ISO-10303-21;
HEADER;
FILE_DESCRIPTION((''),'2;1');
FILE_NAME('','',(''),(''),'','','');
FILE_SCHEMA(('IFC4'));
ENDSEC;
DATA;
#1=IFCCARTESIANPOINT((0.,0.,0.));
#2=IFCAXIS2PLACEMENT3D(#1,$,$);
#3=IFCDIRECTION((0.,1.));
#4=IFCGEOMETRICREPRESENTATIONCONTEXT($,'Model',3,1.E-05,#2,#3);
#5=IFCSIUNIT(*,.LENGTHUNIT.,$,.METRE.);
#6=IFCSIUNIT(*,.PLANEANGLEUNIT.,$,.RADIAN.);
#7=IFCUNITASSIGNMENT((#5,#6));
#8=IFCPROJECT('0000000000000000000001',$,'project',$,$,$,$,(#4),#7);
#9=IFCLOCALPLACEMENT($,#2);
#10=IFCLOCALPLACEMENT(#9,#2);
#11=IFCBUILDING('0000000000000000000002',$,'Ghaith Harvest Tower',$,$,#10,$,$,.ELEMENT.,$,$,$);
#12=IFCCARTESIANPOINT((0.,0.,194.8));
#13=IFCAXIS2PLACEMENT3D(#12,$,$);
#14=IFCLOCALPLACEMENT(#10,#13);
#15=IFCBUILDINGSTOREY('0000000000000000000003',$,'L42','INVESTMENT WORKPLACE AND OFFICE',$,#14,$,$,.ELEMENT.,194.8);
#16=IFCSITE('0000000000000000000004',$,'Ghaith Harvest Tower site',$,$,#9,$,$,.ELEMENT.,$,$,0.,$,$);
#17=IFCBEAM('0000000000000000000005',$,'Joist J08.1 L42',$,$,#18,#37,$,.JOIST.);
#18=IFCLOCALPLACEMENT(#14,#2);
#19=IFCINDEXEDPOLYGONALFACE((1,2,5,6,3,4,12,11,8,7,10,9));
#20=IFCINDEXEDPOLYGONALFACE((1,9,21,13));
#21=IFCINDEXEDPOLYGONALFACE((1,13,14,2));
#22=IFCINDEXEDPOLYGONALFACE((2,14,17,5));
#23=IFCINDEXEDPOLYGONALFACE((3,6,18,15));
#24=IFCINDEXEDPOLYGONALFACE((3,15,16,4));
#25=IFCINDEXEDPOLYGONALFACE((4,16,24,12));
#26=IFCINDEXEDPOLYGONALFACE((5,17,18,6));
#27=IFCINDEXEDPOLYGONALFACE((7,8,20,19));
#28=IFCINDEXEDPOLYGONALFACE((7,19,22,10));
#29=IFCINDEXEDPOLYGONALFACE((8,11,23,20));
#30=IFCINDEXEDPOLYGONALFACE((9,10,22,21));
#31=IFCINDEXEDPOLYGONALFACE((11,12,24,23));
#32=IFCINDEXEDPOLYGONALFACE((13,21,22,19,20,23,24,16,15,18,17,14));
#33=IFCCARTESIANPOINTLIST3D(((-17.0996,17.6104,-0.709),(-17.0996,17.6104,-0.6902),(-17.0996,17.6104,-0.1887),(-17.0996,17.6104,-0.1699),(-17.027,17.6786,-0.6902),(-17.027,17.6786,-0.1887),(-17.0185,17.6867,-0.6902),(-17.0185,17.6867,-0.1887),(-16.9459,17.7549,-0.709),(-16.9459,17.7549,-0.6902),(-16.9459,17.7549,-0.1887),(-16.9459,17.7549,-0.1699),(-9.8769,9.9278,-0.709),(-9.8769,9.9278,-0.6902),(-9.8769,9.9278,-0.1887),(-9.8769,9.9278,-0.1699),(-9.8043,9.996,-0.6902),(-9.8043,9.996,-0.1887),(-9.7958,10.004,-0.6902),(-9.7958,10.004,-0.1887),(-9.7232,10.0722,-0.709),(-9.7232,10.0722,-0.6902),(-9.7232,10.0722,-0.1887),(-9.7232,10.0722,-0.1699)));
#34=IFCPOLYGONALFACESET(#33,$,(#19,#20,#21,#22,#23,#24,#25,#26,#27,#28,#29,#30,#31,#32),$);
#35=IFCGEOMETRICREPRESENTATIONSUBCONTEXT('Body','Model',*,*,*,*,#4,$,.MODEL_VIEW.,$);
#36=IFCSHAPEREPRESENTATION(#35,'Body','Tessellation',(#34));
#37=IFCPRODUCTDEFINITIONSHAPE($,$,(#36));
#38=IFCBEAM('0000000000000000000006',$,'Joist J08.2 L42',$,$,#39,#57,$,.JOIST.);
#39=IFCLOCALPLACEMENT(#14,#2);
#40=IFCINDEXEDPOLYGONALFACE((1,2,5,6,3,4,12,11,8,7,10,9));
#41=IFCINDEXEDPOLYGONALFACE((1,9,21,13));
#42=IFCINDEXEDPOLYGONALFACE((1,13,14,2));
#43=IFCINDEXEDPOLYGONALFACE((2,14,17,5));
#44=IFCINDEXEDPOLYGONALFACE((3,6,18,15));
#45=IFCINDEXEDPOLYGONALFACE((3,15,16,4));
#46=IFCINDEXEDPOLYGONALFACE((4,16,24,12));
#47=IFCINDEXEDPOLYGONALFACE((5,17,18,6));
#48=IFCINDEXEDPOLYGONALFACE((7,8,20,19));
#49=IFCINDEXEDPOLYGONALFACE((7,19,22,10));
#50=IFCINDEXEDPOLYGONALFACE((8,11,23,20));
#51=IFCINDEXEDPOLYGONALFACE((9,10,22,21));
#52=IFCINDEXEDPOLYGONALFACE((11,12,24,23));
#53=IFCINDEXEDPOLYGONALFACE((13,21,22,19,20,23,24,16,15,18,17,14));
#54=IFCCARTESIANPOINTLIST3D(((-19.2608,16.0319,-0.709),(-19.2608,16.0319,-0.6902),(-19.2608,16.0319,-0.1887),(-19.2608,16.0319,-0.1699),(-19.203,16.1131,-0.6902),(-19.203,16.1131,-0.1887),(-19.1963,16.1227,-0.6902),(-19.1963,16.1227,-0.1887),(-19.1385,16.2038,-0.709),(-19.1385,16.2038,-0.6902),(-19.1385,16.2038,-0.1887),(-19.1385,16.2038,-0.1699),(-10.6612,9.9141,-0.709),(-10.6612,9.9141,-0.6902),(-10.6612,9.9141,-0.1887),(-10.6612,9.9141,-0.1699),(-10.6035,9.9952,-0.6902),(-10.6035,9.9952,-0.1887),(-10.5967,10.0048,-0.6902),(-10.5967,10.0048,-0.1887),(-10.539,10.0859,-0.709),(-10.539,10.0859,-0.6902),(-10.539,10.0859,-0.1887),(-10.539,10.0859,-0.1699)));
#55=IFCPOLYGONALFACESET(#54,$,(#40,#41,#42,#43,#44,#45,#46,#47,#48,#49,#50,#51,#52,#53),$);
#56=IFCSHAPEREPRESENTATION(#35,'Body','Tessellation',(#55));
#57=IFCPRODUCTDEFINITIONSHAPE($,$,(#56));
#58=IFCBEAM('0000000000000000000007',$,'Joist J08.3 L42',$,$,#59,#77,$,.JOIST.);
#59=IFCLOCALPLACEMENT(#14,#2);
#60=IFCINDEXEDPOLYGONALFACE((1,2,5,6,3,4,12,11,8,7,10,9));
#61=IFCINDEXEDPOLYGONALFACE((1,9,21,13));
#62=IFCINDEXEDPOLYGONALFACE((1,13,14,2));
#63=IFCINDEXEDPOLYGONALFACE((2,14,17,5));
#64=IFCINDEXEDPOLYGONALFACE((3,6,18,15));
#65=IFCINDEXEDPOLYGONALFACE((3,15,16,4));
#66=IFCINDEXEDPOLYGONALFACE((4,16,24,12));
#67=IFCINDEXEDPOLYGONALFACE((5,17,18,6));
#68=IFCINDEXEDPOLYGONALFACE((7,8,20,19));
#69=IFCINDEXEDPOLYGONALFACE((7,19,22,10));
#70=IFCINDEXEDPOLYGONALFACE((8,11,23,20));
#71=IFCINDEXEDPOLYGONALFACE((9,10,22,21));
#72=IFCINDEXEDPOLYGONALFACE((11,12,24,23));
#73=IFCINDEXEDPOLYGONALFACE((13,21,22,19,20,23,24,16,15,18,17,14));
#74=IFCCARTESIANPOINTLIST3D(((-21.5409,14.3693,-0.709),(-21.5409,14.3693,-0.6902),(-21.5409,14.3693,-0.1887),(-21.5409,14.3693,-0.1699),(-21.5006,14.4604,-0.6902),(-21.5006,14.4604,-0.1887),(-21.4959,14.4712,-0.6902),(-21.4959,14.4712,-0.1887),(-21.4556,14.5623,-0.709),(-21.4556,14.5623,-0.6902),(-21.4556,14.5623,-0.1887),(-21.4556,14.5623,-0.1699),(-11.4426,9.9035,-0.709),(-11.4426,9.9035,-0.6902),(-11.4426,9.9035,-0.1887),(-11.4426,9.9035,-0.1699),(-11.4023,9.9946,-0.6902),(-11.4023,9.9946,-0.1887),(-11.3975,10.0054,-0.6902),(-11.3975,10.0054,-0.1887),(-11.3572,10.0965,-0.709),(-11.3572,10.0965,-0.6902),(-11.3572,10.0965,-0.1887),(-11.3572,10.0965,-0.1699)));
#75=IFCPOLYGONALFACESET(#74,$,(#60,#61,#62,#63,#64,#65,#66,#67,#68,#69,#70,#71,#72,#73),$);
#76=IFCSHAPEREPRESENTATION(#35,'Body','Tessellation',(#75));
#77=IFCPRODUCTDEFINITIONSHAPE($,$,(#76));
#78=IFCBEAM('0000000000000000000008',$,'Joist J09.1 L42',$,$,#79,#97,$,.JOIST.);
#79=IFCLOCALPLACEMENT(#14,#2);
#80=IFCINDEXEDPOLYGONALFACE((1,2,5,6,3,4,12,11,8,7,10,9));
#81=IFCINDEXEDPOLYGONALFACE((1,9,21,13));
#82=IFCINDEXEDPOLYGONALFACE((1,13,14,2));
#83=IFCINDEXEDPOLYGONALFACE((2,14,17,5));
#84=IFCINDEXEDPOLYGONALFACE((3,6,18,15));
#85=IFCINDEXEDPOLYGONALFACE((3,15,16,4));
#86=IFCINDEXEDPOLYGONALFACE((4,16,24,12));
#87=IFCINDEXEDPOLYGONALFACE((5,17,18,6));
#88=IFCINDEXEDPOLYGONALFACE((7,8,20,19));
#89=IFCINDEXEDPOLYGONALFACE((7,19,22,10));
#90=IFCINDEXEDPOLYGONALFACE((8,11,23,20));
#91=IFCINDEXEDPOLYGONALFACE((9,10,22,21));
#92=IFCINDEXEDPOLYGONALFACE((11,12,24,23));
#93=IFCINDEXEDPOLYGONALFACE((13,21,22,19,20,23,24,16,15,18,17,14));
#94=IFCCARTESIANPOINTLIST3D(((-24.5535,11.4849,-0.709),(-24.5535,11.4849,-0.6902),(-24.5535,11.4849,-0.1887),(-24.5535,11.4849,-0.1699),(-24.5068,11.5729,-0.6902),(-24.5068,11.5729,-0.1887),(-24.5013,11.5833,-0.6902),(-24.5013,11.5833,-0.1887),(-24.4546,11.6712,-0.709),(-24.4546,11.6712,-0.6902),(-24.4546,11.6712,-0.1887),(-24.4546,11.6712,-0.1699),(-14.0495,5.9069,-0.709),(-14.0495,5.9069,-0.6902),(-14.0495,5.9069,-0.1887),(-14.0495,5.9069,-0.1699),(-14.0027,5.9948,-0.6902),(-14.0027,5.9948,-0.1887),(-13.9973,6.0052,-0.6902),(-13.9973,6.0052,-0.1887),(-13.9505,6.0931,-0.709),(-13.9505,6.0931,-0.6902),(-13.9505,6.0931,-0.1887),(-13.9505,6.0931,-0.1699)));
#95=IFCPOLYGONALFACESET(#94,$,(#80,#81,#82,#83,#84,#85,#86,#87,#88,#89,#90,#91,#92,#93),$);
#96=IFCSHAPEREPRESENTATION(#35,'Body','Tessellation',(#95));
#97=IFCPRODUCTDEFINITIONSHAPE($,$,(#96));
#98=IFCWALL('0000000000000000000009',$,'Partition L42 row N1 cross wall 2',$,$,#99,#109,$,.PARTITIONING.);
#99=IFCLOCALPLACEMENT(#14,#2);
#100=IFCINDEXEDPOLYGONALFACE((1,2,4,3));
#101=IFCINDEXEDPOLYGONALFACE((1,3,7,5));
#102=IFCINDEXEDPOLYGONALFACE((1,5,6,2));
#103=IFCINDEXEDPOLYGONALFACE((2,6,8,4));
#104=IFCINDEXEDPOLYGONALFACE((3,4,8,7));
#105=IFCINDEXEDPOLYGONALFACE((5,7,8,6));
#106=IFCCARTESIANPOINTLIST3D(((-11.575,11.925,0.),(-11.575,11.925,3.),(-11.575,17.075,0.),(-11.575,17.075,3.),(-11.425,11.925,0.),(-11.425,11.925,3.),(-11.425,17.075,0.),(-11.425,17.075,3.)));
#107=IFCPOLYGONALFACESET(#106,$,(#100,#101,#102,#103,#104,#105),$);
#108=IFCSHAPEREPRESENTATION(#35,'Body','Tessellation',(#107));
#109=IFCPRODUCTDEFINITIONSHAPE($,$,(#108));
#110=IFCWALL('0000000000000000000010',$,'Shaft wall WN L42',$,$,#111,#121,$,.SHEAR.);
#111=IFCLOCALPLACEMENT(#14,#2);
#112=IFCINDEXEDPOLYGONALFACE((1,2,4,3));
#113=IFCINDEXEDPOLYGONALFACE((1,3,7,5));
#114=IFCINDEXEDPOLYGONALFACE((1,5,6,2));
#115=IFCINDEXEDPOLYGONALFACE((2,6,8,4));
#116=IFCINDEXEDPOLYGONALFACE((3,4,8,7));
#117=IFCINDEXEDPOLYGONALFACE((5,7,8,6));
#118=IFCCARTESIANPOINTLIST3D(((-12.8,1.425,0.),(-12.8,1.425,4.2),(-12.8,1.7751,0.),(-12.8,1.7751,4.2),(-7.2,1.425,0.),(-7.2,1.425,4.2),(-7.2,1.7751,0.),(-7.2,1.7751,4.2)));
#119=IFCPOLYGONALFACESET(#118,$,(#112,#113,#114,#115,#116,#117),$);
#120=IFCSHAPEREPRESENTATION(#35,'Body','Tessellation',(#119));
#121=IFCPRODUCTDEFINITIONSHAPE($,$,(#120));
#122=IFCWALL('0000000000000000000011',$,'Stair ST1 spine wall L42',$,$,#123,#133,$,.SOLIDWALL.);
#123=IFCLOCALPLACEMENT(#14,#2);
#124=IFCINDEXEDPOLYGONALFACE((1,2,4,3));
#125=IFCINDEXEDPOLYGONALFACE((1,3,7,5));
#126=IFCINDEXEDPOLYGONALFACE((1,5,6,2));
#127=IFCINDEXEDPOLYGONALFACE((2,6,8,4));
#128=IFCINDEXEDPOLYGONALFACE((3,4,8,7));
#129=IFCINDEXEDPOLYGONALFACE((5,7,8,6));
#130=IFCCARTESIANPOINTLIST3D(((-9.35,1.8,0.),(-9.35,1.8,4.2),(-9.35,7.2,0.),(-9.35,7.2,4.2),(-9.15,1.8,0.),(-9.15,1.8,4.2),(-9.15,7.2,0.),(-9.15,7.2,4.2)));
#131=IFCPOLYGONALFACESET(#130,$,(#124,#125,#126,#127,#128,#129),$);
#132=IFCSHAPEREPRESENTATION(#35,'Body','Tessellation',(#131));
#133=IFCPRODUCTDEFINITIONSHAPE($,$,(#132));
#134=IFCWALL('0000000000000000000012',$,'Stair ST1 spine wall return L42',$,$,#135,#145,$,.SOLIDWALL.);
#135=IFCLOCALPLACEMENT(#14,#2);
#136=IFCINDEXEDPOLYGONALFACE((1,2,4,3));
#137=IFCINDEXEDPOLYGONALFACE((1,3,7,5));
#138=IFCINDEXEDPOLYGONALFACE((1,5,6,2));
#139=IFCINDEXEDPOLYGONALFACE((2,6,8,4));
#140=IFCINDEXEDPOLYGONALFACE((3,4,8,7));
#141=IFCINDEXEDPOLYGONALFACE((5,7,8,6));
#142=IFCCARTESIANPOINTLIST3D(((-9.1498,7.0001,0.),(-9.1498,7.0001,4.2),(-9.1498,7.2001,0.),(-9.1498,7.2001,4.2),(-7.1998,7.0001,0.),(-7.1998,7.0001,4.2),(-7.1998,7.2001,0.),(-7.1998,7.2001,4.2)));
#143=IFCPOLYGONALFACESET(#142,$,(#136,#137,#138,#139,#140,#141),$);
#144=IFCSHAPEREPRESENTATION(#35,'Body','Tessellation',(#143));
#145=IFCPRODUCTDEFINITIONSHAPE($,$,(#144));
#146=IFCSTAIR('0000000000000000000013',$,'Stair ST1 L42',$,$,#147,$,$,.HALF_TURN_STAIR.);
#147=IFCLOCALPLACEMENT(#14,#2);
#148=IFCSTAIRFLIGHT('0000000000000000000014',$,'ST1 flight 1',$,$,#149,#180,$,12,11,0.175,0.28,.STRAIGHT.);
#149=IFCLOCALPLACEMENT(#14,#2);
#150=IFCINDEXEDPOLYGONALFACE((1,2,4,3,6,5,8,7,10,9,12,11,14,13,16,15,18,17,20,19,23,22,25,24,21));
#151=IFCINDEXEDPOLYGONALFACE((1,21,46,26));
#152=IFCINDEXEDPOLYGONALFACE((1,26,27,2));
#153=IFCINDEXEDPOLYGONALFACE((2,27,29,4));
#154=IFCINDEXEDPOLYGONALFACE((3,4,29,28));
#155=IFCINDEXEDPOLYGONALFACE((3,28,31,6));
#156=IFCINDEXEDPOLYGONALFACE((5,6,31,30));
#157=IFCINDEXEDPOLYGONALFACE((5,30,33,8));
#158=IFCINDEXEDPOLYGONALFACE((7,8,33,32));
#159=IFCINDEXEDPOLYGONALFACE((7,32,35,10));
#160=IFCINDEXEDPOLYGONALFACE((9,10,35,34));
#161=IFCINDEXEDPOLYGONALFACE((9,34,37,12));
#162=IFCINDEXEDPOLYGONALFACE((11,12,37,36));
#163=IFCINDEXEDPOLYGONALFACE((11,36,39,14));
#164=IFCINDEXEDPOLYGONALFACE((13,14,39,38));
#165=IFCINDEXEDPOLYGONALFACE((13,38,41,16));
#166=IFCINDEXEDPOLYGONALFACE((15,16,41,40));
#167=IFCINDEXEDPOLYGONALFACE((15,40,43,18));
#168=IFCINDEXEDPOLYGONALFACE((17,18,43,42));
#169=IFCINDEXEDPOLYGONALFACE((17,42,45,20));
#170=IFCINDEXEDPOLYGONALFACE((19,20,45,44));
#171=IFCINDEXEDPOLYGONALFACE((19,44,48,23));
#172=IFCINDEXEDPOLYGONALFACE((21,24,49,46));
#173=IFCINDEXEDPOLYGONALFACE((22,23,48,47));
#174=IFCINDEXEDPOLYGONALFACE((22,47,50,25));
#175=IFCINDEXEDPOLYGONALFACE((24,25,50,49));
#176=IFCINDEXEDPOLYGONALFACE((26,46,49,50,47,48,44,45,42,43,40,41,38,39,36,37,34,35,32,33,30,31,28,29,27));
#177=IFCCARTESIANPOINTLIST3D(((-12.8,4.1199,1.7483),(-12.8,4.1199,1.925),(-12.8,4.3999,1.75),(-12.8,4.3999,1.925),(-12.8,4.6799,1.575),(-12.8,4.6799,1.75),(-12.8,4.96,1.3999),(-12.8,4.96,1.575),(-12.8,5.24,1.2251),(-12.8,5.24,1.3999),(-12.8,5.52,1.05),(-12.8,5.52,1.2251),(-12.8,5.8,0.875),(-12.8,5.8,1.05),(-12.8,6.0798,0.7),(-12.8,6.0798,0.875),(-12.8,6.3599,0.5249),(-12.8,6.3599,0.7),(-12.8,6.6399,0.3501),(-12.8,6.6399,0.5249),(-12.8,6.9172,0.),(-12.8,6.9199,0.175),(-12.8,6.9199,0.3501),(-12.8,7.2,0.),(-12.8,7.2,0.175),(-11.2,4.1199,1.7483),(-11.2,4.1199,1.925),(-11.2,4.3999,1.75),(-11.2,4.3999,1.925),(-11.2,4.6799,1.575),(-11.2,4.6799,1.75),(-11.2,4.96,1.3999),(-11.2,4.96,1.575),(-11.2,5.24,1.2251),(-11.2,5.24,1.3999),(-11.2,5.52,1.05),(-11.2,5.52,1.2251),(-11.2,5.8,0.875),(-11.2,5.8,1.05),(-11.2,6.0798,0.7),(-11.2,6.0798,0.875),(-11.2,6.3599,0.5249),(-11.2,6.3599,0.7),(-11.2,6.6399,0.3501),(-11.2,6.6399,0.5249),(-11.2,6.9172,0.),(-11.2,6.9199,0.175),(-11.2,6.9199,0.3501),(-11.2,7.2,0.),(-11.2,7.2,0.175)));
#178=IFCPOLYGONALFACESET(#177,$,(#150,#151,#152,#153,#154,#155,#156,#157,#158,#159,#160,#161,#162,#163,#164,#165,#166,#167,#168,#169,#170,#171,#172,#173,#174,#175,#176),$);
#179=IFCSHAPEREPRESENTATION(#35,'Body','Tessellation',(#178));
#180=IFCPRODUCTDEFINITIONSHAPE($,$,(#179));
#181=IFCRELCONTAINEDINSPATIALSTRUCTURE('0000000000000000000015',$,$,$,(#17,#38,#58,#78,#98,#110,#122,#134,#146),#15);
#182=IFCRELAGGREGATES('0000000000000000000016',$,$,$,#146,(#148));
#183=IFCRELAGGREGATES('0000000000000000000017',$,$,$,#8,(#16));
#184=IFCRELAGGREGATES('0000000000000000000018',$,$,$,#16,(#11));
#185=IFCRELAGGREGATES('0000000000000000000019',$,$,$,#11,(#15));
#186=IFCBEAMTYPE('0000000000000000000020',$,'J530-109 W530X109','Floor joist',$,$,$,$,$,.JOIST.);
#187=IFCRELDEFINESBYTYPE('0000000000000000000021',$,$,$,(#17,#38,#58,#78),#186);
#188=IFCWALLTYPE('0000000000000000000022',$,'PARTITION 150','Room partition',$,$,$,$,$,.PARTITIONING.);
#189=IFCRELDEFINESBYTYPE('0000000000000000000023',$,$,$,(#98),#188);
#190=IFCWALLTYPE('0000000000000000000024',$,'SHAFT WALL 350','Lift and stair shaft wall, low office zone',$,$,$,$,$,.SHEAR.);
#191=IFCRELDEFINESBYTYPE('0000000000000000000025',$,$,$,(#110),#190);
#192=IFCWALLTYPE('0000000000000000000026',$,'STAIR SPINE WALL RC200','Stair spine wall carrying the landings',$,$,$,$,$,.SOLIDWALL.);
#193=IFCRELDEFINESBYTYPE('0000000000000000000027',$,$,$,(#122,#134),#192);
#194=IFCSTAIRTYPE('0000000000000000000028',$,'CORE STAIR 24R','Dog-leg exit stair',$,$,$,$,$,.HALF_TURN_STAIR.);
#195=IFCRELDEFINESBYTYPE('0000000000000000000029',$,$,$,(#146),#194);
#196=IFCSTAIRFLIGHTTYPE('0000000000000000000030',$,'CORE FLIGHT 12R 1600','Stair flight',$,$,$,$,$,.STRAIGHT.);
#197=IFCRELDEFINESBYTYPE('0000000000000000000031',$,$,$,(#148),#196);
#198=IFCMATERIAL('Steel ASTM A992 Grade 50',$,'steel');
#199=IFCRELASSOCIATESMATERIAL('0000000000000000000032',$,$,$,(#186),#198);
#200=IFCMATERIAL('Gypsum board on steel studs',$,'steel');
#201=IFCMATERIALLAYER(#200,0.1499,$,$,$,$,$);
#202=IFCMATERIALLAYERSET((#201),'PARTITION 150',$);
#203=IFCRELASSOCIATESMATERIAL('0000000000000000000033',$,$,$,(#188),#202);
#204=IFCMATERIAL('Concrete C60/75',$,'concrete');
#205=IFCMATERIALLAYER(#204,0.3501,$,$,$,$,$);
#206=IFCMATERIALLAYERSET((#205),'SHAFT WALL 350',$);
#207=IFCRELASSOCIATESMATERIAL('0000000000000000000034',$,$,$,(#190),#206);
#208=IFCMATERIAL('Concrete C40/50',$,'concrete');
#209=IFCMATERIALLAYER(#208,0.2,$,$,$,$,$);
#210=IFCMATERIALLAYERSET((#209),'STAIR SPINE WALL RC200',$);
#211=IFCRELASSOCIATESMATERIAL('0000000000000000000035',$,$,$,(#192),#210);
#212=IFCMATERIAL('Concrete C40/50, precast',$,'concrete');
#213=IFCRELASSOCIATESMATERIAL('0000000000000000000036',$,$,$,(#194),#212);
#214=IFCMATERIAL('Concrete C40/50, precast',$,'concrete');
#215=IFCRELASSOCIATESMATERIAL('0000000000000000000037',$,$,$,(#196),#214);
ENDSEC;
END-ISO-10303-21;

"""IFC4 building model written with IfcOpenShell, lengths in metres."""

from ifc_helpers import new_model, si_unit, direction, frame, frame_2d, origin, origin_2d, place, context, subcontext, project, spatial, polyline, rectangle, i_section, outline, extrude, material, layer, layer_set, material_profile, profile_set, type_object, element, aggregate, save


model = new_model("IFC4")

# Units and contexts
model_context = context("Model", 3, precision=1e-05, world=origin(), true_north=direction((0.0, 1.0)))
body_context = subcontext(model_context, "Body", "Model", "MODEL_VIEW")
ifc_project = project(units=[si_unit("LENGTHUNIT", "METRE"), si_unit("PLANEANGLEUNIT", "RADIAN")], contexts=[model_context])

# Site, building, storey
site_placement = place(None, origin())
site = spatial("IfcSite", under=ifc_project, at=site_placement, Name="Ghaith Harvest Tower site", CompositionType="ELEMENT", RefElevation=0.0)
building_placement = place(site_placement, origin())
building = spatial("IfcBuilding", under=site, at=building_placement, Name="Ghaith Harvest Tower", CompositionType="ELEMENT")
storey_placement = place(building_placement, frame((0.0, 0.0, 194.8)))
storey = spatial("IfcBuildingStorey", under=building, at=storey_placement, Name="L42", Description="INVESTMENT WORKPLACE AND OFFICE", CompositionType="ELEMENT", Elevation=194.8)

# Beams
ifc_material_1 = material(Name="Steel ASTM A992 Grade 50", Category="steel")
ifc_material_profile = material_profile(ifc_material_1, i_section(OverallWidth=0.2109, OverallDepth=0.5391, WebThickness=0.0117, FlangeThickness=0.0188, at=origin_2d()), Name="W530X109")
ifc_profile_set = profile_set([ifc_material_profile], Name="Steel ASTM A992 Grade 50")
beam_type = type_object("IfcBeamType", Name="J530-109 W530X109", Description="Floor joist", PredefinedType="JOIST", material=ifc_profile_set)
beam_1_placement = place(storey_placement, frame((-9.8, 10.0, -0.4395), z_axis=(-0.68496, 0.728581, 0.0), x_axis=(-0.728581, -0.68496, 0.0)))
element("IfcBeam", 1, at=beam_1_placement, inside=storey, type_object=beam_type, Name="Joist J08.1 L42", PredefinedType="JOIST", context=body_context, shape_type="SweptSolid", body=[
    extrude(i_section(OverallWidth=0.2109, OverallDepth=0.5391, WebThickness=0.0117, FlangeThickness=0.0188, at=origin_2d()), origin(), (0.0, 0.0, 1.0), 10.5447),
])
beam_2_placement = place(storey_placement, frame((-10.6001, 10.0, -0.4395), z_axis=(-0.814837, 0.57969, 0.0), x_axis=(-0.57969, -0.814837, 0.0)))
element("IfcBeam", 2, at=beam_2_placement, inside=storey, type_object=beam_type, Name="Joist J08.2 L42", PredefinedType="JOIST", context=body_context, shape_type="SweptSolid", body=[
    extrude(i_section(OverallWidth=0.2109, OverallDepth=0.5391, WebThickness=0.0117, FlangeThickness=0.0188, at=origin_2d()), origin(), (0.0, 0.0, 1.0), 10.5537),
])
beam_3_placement = place(storey_placement, frame((-11.3999, 10.0, -0.4395), z_axis=(-0.914561, 0.404447, 0.0), x_axis=(-0.404447, -0.914561, 0.0)))
element("IfcBeam", 3, at=beam_3_placement, inside=storey, type_object=beam_type, Name="Joist J08.3 L42", PredefinedType="JOIST", context=body_context, shape_type="SweptSolid", body=[
    extrude(i_section(OverallWidth=0.2109, OverallDepth=0.5391, WebThickness=0.0117, FlangeThickness=0.0188, at=origin_2d()), origin(), (0.0, 0.0, 1.0), 11.0417),
])
beam_4_placement = place(storey_placement, frame((-14.0, 6.0, -0.4395), z_axis=(-0.883193, 0.469011, 0.0), x_axis=(-0.469011, -0.883193, 0.0)))
element("IfcBeam", 4, at=beam_4_placement, inside=storey, type_object=beam_type, Name="Joist J09.1 L42", PredefinedType="JOIST", context=body_context, shape_type="SweptSolid", body=[
    extrude(i_section(OverallWidth=0.2109, OverallDepth=0.5391, WebThickness=0.0117, FlangeThickness=0.0188, at=origin_2d()), origin(), (0.0, 0.0, 1.0), 11.8933),
])

# Walls
ifc_material_2 = material(Name="Gypsum board on steel studs", Category="steel")
ifc_layer_1 = layer(ifc_material_2, 0.1499)
ifc_layer_set_1 = layer_set([ifc_layer_1], Name="PARTITION 150")
wall_type_1 = type_object("IfcWallType", Name="PARTITION 150", Description="Room partition", PredefinedType="PARTITIONING", material=ifc_layer_set_1)
wall_1_placement = place(storey_placement, frame((-11.5, 11.925, 0.0), z_axis=(0.0, 0.0, 1.0), x_axis=(0.0, 1.0, 0.0)))
element("IfcWall", 5, at=wall_1_placement, inside=storey, type_object=wall_type_1, Name="Partition L42 row N1 cross wall 2", PredefinedType="PARTITIONING", context=body_context, shape_type="SweptSolid", body=[
    extrude(rectangle(XDim=5.1499, YDim=0.1499, at=frame_2d((2.575, 0.0))), origin(), (0.0, 0.0, 1.0), 3.0),
])
ifc_material_3 = material(Name="Concrete C60/75", Category="concrete")
ifc_layer_2 = layer(ifc_material_3, 0.3501)
ifc_layer_set_2 = layer_set([ifc_layer_2], Name="SHAFT WALL 350")
wall_type_2 = type_object("IfcWallType", Name="SHAFT WALL 350", Description="Lift and stair shaft wall, low office zone", PredefinedType="SHEAR", material=ifc_layer_set_2)
wall_2_placement = place(storey_placement, frame((-12.8, 1.6001, 0.0), z_axis=(0.0, 0.0, 1.0), x_axis=(1.0, 0.0, 0.0)))
element("IfcWall", 6, at=wall_2_placement, inside=storey, type_object=wall_type_2, Name="Shaft wall WN L42", PredefinedType="SHEAR", context=body_context, shape_type="SweptSolid", body=[
    extrude(rectangle(XDim=5.6001, YDim=0.3501, at=frame_2d((2.8, 0.0))), origin(), (0.0, 0.0, 1.0), 4.2),
])
ifc_material_4 = material(Name="Concrete C40/50", Category="concrete")
ifc_layer_3 = layer(ifc_material_4, 0.2)
ifc_layer_set_3 = layer_set([ifc_layer_3], Name="STAIR SPINE WALL RC200")
wall_type_3 = type_object("IfcWallType", Name="STAIR SPINE WALL RC200", Description="Stair spine wall carrying the landings", PredefinedType="SOLIDWALL", material=ifc_layer_set_3)
wall_3_placement = place(storey_placement, frame((-9.25, 7.2, 0.0), z_axis=(0.0, 0.0, 1.0), x_axis=(0.0, -1.0, 0.0)))
element("IfcWall", 7, at=wall_3_placement, inside=storey, type_object=wall_type_3, Name="Stair ST1 spine wall L42", PredefinedType="SOLIDWALL", context=body_context, shape_type="SweptSolid", body=[
    extrude(rectangle(XDim=5.3999, YDim=0.2, at=frame_2d((2.7, 0.0))), origin(), (0.0, 0.0, 1.0), 4.2),
])
wall_4_placement = place(storey_placement, frame((-9.1499, 7.1001, 0.0), z_axis=(0.0, 0.0, 1.0), x_axis=(1.0, 0.0, 0.0)))
element("IfcWall", 8, at=wall_4_placement, inside=storey, type_object=wall_type_3, Name="Stair ST1 spine wall return L42", PredefinedType="SOLIDWALL", context=body_context, shape_type="SweptSolid", body=[
    extrude(rectangle(XDim=1.95, YDim=0.2, at=frame_2d((0.9751, 0.0))), origin(), (0.0, 0.0, 1.0), 4.2),
])

# Stair, stair flight
ifc_material_5 = material(Name="Concrete C40/50, precast", Category="concrete")
stair_type = type_object("IfcStairType", Name="CORE STAIR 24R", Description="Dog-leg exit stair", PredefinedType="HALF_TURN_STAIR", material=ifc_material_5)
stair_placement = place(storey_placement, origin())
stair = element("IfcStair", 9, at=stair_placement, inside=storey, type_object=stair_type, Name="Stair ST1 L42", PredefinedType="HALF_TURN_STAIR")
ifc_material_6 = material(Name="Concrete C40/50, precast", Category="concrete")
stair_flight_type = type_object("IfcStairFlightType", Name="CORE FLIGHT 12R 1600", Description="Stair flight", PredefinedType="STRAIGHT", material=ifc_material_6)
stair_flight_1_placement = place(storey_placement, frame((-12.0, 7.2, 0.0), z_axis=(0.0, 0.0, 1.0), x_axis=(0.0, -1.0, 0.0)))
stair_flight_1 = element("IfcStairFlight", 10, at=stair_flight_1_placement, type_object=stair_flight_type, Name="ST1 flight 1", NumberOfRisers=12, NumberOfTreads=11, PredefinedType="STRAIGHT", RiserHeight=0.175, TreadLength=0.28, context=body_context, shape_type="SweptSolid", body=[
    extrude(outline(polyline([(0.0, 0.0), (0.0, 0.175), (0.28, 0.175), (0.28, 0.3501), (0.5601, 0.3501), (0.5601, 0.5249), (0.8401, 0.5249), (0.8401, 0.7), (1.1201, 0.7), (1.1201, 0.875), (1.3999, 0.875), (1.3999, 1.05), (1.6799, 1.05), (1.6799, 1.2251), (1.96, 1.2251), (1.96, 1.3999), (2.24, 1.3999), (2.24, 1.575), (2.52, 1.575), (2.52, 1.75), (2.8, 1.75), (2.8, 1.925), (3.0801, 1.925), (3.0801, 2.1001), (3.0801, 1.7483), (0.2827, 0.0), (0.0, 0.0)])), frame((0.0, 0.8, 0.0), z_axis=(0.0, -1.0, 0.0), x_axis=(1.0, 0.0, 0.0)), (0.0, 0.0, 1.0), 1.6001),
])
aggregate(stair, [stair_flight_1])

save(model, "model.ifc")
